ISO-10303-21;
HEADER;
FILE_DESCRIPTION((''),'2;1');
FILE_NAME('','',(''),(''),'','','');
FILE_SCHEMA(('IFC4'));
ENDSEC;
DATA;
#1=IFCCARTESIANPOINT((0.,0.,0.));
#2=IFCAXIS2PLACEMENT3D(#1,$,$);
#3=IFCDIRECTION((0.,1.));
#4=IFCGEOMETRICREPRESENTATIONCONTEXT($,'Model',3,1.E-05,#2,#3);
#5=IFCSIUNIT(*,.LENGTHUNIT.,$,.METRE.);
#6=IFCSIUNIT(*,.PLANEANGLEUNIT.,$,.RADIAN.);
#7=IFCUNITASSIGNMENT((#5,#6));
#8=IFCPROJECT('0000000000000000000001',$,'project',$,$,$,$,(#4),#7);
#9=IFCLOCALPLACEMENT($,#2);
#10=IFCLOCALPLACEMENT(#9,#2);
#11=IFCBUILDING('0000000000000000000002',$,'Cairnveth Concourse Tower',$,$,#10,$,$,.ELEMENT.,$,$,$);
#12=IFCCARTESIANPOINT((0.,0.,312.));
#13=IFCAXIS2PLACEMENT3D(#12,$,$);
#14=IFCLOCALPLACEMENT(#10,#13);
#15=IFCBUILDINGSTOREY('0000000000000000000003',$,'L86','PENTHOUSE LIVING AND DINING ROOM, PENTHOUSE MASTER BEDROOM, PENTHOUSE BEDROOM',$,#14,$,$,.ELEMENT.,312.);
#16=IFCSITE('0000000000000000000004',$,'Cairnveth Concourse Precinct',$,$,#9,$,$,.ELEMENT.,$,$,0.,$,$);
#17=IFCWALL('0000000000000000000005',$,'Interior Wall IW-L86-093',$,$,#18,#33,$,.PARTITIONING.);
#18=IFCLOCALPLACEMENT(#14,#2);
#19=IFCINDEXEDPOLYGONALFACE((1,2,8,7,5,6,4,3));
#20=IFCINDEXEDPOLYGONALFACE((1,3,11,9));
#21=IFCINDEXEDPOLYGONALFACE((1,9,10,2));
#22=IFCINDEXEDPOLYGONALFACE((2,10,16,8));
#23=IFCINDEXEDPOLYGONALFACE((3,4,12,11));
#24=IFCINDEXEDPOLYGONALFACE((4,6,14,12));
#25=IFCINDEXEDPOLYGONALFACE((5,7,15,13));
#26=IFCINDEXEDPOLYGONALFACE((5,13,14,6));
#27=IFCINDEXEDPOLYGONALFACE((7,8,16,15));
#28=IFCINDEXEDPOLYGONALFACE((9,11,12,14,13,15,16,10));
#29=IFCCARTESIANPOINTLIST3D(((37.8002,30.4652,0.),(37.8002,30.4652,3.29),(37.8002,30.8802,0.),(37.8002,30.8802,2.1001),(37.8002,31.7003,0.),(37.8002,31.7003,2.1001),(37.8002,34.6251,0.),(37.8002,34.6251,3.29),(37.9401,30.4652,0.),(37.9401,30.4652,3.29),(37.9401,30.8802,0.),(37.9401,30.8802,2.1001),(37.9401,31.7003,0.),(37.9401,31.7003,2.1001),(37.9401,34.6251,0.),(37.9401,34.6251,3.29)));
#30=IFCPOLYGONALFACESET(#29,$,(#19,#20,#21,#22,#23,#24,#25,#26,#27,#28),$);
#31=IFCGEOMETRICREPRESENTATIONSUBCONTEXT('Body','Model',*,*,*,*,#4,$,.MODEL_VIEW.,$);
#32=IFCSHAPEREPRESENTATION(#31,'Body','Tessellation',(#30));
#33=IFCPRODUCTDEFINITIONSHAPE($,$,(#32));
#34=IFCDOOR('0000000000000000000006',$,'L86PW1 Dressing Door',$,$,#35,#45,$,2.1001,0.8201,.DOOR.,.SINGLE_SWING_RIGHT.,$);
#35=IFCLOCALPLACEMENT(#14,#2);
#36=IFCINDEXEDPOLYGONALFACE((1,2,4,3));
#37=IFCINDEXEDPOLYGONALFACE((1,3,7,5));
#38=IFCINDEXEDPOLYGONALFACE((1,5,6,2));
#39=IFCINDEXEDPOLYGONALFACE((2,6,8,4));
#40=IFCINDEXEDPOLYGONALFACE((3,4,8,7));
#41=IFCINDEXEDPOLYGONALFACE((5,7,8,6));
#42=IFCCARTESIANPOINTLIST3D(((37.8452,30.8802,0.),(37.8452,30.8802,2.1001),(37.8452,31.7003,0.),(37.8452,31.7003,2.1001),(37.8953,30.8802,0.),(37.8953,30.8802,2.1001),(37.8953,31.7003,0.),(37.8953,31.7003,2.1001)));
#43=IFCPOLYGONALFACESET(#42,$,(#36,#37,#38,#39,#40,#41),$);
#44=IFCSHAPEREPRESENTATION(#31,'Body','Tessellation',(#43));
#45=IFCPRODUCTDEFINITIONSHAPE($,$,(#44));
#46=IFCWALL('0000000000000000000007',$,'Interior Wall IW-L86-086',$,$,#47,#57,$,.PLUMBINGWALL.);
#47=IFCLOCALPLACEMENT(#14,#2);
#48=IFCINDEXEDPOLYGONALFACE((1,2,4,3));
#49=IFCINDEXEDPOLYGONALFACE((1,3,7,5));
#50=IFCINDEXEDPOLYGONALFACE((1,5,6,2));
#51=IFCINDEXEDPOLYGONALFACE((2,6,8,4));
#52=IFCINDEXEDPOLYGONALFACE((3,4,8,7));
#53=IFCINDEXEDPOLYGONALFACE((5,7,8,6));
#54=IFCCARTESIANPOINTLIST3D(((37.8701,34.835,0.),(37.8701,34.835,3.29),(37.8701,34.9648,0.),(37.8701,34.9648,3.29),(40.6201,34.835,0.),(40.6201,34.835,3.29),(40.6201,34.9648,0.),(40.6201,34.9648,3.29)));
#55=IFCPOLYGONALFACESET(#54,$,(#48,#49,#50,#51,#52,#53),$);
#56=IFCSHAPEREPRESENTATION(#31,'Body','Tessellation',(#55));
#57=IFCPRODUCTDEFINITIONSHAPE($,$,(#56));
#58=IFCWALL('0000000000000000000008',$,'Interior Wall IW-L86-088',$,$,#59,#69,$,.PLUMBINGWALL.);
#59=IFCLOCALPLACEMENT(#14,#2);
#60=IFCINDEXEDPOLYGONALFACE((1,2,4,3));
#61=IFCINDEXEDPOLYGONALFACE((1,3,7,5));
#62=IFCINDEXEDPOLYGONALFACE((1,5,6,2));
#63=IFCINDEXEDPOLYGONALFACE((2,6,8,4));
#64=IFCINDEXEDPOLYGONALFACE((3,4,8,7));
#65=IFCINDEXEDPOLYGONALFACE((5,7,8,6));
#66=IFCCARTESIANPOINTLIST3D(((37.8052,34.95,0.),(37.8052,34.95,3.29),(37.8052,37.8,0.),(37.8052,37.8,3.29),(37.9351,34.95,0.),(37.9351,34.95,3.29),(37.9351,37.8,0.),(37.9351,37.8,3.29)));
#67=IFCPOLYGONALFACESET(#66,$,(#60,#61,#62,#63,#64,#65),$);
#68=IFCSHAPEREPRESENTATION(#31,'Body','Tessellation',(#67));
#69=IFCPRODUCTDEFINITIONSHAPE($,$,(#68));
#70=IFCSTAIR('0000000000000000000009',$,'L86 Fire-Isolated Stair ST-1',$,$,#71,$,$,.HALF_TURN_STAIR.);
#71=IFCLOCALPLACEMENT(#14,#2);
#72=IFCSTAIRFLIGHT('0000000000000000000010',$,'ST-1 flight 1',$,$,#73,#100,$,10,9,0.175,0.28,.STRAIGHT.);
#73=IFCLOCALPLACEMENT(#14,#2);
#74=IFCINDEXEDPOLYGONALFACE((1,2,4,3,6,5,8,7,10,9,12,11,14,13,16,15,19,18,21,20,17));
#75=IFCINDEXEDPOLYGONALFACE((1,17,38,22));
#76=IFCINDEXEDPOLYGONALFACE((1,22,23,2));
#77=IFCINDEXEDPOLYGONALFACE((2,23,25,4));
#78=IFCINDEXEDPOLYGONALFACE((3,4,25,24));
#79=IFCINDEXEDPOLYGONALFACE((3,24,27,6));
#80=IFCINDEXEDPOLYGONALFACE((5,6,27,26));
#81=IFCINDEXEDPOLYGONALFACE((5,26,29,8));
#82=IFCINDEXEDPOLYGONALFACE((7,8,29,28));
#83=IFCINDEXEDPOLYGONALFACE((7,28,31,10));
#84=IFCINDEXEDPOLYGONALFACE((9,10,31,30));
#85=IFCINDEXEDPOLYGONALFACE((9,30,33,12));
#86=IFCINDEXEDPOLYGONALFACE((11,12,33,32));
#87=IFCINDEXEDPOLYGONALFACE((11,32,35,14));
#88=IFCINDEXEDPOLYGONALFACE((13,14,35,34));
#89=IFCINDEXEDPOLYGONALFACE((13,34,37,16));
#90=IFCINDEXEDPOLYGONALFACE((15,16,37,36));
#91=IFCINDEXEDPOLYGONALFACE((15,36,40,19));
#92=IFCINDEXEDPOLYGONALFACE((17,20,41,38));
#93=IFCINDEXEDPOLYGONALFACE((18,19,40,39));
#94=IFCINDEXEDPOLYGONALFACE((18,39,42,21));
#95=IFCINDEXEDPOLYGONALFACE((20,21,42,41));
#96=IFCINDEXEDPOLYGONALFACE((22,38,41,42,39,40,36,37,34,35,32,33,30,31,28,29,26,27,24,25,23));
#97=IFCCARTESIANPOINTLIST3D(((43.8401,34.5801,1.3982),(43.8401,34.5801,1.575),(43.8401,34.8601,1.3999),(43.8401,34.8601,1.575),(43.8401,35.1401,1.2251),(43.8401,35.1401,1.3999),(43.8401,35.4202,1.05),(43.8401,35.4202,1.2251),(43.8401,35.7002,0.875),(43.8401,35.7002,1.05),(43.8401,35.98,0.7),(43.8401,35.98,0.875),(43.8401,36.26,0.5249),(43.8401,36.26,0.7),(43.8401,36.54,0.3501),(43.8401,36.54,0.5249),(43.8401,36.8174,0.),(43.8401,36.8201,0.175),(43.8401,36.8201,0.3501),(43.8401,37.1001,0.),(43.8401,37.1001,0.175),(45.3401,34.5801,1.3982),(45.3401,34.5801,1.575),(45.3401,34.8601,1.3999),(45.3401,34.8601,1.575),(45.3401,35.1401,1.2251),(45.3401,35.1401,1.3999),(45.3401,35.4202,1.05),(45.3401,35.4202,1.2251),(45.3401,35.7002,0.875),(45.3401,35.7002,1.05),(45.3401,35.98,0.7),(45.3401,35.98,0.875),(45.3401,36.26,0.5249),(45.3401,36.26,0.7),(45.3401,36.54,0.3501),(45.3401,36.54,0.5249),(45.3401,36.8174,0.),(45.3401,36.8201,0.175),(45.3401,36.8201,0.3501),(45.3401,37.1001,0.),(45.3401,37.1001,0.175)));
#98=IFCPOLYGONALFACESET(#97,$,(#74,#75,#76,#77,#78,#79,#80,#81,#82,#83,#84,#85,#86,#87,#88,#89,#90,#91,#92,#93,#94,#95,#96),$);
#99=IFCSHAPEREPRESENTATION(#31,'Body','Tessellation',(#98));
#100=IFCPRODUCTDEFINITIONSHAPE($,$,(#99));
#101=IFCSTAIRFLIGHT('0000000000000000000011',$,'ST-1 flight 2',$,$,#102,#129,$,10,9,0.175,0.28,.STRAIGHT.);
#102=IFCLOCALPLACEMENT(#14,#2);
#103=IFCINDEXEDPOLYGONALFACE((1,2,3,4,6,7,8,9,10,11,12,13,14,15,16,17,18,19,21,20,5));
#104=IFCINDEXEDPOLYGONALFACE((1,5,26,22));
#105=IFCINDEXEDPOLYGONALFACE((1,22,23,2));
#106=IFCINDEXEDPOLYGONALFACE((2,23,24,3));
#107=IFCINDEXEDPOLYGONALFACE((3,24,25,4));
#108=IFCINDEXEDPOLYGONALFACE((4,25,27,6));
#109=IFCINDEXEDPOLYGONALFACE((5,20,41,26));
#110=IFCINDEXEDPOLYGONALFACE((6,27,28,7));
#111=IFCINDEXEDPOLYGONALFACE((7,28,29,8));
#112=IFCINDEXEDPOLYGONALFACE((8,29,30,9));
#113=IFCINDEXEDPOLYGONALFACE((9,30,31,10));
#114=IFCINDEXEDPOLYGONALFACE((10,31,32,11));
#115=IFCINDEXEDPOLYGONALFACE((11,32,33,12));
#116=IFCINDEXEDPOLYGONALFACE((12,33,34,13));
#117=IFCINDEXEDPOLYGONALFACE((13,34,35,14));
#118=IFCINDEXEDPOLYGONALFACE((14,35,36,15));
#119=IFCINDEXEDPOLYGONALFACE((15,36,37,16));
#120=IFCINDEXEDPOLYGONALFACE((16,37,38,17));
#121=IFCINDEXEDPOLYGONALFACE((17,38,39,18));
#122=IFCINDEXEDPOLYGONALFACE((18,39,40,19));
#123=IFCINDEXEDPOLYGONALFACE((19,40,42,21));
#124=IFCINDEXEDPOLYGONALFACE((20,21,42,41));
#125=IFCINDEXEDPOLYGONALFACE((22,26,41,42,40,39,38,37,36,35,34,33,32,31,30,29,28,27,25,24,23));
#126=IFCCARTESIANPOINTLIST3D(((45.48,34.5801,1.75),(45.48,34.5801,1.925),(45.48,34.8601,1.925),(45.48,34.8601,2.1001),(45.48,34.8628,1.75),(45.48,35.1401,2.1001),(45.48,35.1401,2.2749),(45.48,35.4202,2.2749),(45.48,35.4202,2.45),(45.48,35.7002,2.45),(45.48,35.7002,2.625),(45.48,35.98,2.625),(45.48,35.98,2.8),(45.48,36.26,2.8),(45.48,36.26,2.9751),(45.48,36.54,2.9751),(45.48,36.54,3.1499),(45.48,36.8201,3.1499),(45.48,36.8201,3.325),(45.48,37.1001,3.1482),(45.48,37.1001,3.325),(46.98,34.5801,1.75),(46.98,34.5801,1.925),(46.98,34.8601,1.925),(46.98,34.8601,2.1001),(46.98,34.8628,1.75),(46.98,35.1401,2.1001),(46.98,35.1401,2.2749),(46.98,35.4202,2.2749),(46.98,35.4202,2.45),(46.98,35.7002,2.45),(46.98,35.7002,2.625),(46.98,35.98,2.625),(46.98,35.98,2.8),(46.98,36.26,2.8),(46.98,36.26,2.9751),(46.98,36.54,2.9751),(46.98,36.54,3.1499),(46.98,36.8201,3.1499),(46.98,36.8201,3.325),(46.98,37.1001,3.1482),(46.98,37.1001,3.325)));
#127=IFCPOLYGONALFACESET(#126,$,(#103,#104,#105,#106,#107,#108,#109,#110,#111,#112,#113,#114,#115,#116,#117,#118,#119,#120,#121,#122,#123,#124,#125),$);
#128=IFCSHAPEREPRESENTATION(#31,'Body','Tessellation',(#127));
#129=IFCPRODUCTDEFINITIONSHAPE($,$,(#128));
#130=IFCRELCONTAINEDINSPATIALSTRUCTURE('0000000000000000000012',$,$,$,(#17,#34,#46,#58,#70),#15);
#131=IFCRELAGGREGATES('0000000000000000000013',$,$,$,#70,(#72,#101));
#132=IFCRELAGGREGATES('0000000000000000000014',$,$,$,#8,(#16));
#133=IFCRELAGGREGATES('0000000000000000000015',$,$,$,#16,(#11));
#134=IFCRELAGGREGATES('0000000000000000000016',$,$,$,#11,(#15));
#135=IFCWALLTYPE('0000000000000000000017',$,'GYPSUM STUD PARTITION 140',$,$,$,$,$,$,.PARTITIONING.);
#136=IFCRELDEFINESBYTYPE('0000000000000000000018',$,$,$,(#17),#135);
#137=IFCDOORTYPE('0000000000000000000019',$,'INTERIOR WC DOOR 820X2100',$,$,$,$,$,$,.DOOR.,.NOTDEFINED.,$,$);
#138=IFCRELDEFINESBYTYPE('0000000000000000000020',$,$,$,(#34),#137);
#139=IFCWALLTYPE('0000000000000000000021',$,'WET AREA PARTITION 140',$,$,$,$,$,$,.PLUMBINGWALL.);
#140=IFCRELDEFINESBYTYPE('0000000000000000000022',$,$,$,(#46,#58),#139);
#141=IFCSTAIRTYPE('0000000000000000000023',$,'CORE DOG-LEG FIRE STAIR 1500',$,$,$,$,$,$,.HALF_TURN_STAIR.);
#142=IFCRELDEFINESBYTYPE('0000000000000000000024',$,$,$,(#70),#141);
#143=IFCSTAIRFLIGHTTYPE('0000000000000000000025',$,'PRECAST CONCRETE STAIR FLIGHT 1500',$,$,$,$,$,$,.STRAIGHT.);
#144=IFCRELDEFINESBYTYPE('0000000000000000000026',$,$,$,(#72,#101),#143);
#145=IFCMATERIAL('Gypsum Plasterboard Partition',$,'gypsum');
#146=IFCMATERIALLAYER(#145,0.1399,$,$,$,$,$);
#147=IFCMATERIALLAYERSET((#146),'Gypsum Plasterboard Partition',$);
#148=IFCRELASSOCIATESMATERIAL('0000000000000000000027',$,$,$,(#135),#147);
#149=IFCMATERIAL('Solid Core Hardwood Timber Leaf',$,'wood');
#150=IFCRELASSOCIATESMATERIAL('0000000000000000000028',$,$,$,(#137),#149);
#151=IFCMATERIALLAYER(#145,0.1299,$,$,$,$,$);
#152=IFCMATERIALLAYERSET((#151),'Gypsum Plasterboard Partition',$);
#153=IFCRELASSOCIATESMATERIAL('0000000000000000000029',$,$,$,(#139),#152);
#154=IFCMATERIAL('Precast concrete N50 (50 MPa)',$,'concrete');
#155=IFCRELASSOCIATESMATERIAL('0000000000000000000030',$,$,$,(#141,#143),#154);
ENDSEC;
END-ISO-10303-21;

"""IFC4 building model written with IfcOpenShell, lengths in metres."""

from ifc_helpers import new_model, si_unit, direction, frame, frame_2d, origin, place, context, subcontext, project, spatial, polyline, rectangle, outline, extrude, material, layer, layer_set, type_object, element, fill, aggregate, save


model = new_model("IFC4")

# Units and contexts
model_context = context("Model", 3, precision=1e-05, world=origin(), true_north=direction((0.0, 1.0)))
body_context = subcontext(model_context, "Body", "Model", "MODEL_VIEW")
ifc_project = project(units=[si_unit("LENGTHUNIT", "METRE"), si_unit("PLANEANGLEUNIT", "RADIAN")], contexts=[model_context])

# Site, building, storey
site_placement = place(None, origin())
site = spatial("IfcSite", under=ifc_project, at=site_placement, Name="Cairnveth Concourse Precinct", CompositionType="ELEMENT", RefElevation=0.0)
building_placement = place(site_placement, origin())
building = spatial("IfcBuilding", under=site, at=building_placement, Name="Cairnveth Concourse Tower", CompositionType="ELEMENT")
storey_placement = place(building_placement, frame((0.0, 0.0, 312.0)))
storey = spatial("IfcBuildingStorey", under=building, at=storey_placement, Name="L86", Description="PENTHOUSE LIVING AND DINING ROOM, PENTHOUSE MASTER BEDROOM, PENTHOUSE BEDROOM", CompositionType="ELEMENT", Elevation=312.0)

# Shared definitions
ifc_material_1 = material(Name="Gypsum Plasterboard Partition", Category="gypsum")

# Shared definitions
ifc_material_2 = material(Name="Solid Core Hardwood Timber Leaf", Category="wood")

# Wall, opening, door
ifc_layer_1 = layer(ifc_material_1, 0.1399)
ifc_layer_set_1 = layer_set([ifc_layer_1], Name="Gypsum Plasterboard Partition")
wall_type_1 = type_object("IfcWallType", Name="GYPSUM STUD PARTITION 140", PredefinedType="PARTITIONING", material=ifc_layer_set_1)
wall_1_placement = place(storey_placement, frame((37.8701, 30.4651, 0.0), z_axis=(0.0, 0.0, 1.0), x_axis=(0.0, 1.0, 0.0)))
wall_1 = element("IfcWall", 1, at=wall_1_placement, inside=storey, type_object=wall_type_1, Name="Interior Wall IW-L86-093", PredefinedType="PARTITIONING", context=body_context, shape_type="SweptSolid", body=[
    extrude(rectangle(XDim=4.1599, YDim=0.1399, at=frame_2d((2.0801, 0.0))), origin(), (0.0, 0.0, 1.0), 3.29),
])
opening_1_placement = place(wall_1_placement, frame((0.415, 0.0, 0.0)))
opening_1 = element("IfcOpeningElement", 2, at=opening_1_placement, cuts=wall_1, PredefinedType="OPENING", context=body_context, shape_type="SweptSolid", body=[
    extrude(rectangle(XDim=0.8201, YDim=2.1001, at=frame_2d((0.4102, 1.05))), frame((0.0, 0.0798, 0.0), z_axis=(0.0, -1.0, 0.0), x_axis=(1.0, 0.0, 0.0)), (0.0, 0.0, 1.0), 0.1599),
])
door_type_1 = type_object("IfcDoorType", Name="INTERIOR WC DOOR 820X2100", OperationType="NOTDEFINED", PredefinedType="DOOR", material=ifc_material_2)
door_1_placement = place(opening_1_placement, origin())
door_1 = element("IfcDoor", 3, at=door_1_placement, inside=storey, type_object=door_type_1, Name="L86PW1 Dressing Door", OperationType="SINGLE_SWING_RIGHT", OverallHeight=2.1001, OverallWidth=0.8201, PredefinedType="DOOR", context=body_context, shape_type="SweptSolid", body=[
    extrude(rectangle(XDim=0.8201, YDim=2.1001, at=frame_2d((0.4102, 1.05))), frame((0.0, 0.0249, 0.0), z_axis=(0.0, -1.0, 0.0), x_axis=(1.0, 0.0, 0.0)), (0.0, 0.0, 1.0), 0.05),
])
fill(opening_1, door_1)

# Walls
ifc_layer_2 = layer(ifc_material_1, 0.1299)
ifc_layer_set_2 = layer_set([ifc_layer_2], Name="Gypsum Plasterboard Partition")
wall_type_2 = type_object("IfcWallType", Name="WET AREA PARTITION 140", PredefinedType="PLUMBINGWALL", material=ifc_layer_set_2)
wall_2_placement = place(storey_placement, frame((37.8701, 34.8999, 0.0), z_axis=(0.0, 0.0, 1.0), x_axis=(1.0, 0.0, 0.0)))
element("IfcWall", 4, at=wall_2_placement, inside=storey, type_object=wall_type_2, Name="Interior Wall IW-L86-086", PredefinedType="PLUMBINGWALL", context=body_context, shape_type="SweptSolid", body=[
    extrude(rectangle(XDim=2.75, YDim=0.1299, at=frame_2d((1.375, 0.0))), origin(), (0.0, 0.0, 1.0), 3.29),
])
wall_3_placement = place(storey_placement, frame((37.8701, 34.95, 0.0), z_axis=(0.0, 0.0, 1.0), x_axis=(0.0, 1.0, 0.0)))
element("IfcWall", 5, at=wall_3_placement, inside=storey, type_object=wall_type_2, Name="Interior Wall IW-L86-088", PredefinedType="PLUMBINGWALL", context=body_context, shape_type="SweptSolid", body=[
    extrude(rectangle(XDim=2.8501, YDim=0.1299, at=frame_2d((1.425, 0.0))), origin(), (0.0, 0.0, 1.0), 3.29),
])

# Stair, stair flights
ifc_material_3 = material(Name="Precast concrete N50 (50 MPa)", Category="concrete")
stair_type = type_object("IfcStairType", Name="CORE DOG-LEG FIRE STAIR 1500", PredefinedType="HALF_TURN_STAIR", material=ifc_material_3)
stair_placement = place(storey_placement, origin())
stair = element("IfcStair", 6, at=stair_placement, inside=storey, type_object=stair_type, Name="L86 Fire-Isolated Stair ST-1", PredefinedType="HALF_TURN_STAIR")
stair_flight_type = type_object("IfcStairFlightType", Name="PRECAST CONCRETE STAIR FLIGHT 1500", PredefinedType="STRAIGHT", material=ifc_material_3)
stair_flight_1_placement = place(storey_placement, frame((44.5901, 37.1001, 0.0), z_axis=(0.0, 0.0, 1.0), x_axis=(0.0, -1.0, 0.0)))
stair_flight_1 = element("IfcStairFlight", 7, at=stair_flight_1_placement, type_object=stair_flight_type, Name="ST-1 flight 1", NumberOfRisers=10, NumberOfTreads=9, PredefinedType="STRAIGHT", RiserHeight=0.175, TreadLength=0.28, context=body_context, shape_type="SweptSolid", body=[
    extrude(outline(polyline([(0.0, 0.0), (0.0, 0.175), (0.28, 0.175), (0.28, 0.3501), (0.5601, 0.3501), (0.5601, 0.5249), (0.8401, 0.5249), (0.8401, 0.7), (1.1201, 0.7), (1.1201, 0.875), (1.3999, 0.875), (1.3999, 1.05), (1.6799, 1.05), (1.6799, 1.2251), (1.96, 1.2251), (1.96, 1.3999), (2.24, 1.3999), (2.24, 1.575), (2.52, 1.575), (2.52, 1.75), (2.52, 1.3982), (0.2827, 0.0), (0.0, 0.0)])), frame((0.0, 0.75, 0.0), z_axis=(0.0, -1.0, 0.0), x_axis=(1.0, 0.0, 0.0)), (0.0, 0.0, 1.0), 1.5),
])
stair_flight_2_placement = place(storey_placement, frame((46.23, 34.5801, 1.75), z_axis=(0.0, 0.0, 1.0), x_axis=(0.0, 1.0, 0.0)))
stair_flight_2 = element("IfcStairFlight", 8, at=stair_flight_2_placement, type_object=stair_flight_type, Name="ST-1 flight 2", NumberOfRisers=10, NumberOfTreads=9, PredefinedType="STRAIGHT", RiserHeight=0.175, TreadLength=0.28, context=body_context, shape_type="SweptSolid", body=[
    extrude(outline(polyline([(0.0, 0.0), (0.0, 0.175), (0.28, 0.175), (0.28, 0.3501), (0.5601, 0.3501), (0.5601, 0.5249), (0.8401, 0.5249), (0.8401, 0.7), (1.1201, 0.7), (1.1201, 0.875), (1.3999, 0.875), (1.3999, 1.05), (1.6799, 1.05), (1.6799, 1.2251), (1.96, 1.2251), (1.96, 1.3999), (2.24, 1.3999), (2.24, 1.575), (2.52, 1.575), (2.52, 1.75), (2.52, 1.3982), (0.2827, 0.0), (0.0, 0.0)])), frame((0.0, 0.75, 0.0), z_axis=(0.0, -1.0, 0.0), x_axis=(1.0, 0.0, 0.0)), (0.0, 0.0, 1.0), 1.5),
])
aggregate(stair, [stair_flight_1, stair_flight_2])

save(model, "model.ifc")
